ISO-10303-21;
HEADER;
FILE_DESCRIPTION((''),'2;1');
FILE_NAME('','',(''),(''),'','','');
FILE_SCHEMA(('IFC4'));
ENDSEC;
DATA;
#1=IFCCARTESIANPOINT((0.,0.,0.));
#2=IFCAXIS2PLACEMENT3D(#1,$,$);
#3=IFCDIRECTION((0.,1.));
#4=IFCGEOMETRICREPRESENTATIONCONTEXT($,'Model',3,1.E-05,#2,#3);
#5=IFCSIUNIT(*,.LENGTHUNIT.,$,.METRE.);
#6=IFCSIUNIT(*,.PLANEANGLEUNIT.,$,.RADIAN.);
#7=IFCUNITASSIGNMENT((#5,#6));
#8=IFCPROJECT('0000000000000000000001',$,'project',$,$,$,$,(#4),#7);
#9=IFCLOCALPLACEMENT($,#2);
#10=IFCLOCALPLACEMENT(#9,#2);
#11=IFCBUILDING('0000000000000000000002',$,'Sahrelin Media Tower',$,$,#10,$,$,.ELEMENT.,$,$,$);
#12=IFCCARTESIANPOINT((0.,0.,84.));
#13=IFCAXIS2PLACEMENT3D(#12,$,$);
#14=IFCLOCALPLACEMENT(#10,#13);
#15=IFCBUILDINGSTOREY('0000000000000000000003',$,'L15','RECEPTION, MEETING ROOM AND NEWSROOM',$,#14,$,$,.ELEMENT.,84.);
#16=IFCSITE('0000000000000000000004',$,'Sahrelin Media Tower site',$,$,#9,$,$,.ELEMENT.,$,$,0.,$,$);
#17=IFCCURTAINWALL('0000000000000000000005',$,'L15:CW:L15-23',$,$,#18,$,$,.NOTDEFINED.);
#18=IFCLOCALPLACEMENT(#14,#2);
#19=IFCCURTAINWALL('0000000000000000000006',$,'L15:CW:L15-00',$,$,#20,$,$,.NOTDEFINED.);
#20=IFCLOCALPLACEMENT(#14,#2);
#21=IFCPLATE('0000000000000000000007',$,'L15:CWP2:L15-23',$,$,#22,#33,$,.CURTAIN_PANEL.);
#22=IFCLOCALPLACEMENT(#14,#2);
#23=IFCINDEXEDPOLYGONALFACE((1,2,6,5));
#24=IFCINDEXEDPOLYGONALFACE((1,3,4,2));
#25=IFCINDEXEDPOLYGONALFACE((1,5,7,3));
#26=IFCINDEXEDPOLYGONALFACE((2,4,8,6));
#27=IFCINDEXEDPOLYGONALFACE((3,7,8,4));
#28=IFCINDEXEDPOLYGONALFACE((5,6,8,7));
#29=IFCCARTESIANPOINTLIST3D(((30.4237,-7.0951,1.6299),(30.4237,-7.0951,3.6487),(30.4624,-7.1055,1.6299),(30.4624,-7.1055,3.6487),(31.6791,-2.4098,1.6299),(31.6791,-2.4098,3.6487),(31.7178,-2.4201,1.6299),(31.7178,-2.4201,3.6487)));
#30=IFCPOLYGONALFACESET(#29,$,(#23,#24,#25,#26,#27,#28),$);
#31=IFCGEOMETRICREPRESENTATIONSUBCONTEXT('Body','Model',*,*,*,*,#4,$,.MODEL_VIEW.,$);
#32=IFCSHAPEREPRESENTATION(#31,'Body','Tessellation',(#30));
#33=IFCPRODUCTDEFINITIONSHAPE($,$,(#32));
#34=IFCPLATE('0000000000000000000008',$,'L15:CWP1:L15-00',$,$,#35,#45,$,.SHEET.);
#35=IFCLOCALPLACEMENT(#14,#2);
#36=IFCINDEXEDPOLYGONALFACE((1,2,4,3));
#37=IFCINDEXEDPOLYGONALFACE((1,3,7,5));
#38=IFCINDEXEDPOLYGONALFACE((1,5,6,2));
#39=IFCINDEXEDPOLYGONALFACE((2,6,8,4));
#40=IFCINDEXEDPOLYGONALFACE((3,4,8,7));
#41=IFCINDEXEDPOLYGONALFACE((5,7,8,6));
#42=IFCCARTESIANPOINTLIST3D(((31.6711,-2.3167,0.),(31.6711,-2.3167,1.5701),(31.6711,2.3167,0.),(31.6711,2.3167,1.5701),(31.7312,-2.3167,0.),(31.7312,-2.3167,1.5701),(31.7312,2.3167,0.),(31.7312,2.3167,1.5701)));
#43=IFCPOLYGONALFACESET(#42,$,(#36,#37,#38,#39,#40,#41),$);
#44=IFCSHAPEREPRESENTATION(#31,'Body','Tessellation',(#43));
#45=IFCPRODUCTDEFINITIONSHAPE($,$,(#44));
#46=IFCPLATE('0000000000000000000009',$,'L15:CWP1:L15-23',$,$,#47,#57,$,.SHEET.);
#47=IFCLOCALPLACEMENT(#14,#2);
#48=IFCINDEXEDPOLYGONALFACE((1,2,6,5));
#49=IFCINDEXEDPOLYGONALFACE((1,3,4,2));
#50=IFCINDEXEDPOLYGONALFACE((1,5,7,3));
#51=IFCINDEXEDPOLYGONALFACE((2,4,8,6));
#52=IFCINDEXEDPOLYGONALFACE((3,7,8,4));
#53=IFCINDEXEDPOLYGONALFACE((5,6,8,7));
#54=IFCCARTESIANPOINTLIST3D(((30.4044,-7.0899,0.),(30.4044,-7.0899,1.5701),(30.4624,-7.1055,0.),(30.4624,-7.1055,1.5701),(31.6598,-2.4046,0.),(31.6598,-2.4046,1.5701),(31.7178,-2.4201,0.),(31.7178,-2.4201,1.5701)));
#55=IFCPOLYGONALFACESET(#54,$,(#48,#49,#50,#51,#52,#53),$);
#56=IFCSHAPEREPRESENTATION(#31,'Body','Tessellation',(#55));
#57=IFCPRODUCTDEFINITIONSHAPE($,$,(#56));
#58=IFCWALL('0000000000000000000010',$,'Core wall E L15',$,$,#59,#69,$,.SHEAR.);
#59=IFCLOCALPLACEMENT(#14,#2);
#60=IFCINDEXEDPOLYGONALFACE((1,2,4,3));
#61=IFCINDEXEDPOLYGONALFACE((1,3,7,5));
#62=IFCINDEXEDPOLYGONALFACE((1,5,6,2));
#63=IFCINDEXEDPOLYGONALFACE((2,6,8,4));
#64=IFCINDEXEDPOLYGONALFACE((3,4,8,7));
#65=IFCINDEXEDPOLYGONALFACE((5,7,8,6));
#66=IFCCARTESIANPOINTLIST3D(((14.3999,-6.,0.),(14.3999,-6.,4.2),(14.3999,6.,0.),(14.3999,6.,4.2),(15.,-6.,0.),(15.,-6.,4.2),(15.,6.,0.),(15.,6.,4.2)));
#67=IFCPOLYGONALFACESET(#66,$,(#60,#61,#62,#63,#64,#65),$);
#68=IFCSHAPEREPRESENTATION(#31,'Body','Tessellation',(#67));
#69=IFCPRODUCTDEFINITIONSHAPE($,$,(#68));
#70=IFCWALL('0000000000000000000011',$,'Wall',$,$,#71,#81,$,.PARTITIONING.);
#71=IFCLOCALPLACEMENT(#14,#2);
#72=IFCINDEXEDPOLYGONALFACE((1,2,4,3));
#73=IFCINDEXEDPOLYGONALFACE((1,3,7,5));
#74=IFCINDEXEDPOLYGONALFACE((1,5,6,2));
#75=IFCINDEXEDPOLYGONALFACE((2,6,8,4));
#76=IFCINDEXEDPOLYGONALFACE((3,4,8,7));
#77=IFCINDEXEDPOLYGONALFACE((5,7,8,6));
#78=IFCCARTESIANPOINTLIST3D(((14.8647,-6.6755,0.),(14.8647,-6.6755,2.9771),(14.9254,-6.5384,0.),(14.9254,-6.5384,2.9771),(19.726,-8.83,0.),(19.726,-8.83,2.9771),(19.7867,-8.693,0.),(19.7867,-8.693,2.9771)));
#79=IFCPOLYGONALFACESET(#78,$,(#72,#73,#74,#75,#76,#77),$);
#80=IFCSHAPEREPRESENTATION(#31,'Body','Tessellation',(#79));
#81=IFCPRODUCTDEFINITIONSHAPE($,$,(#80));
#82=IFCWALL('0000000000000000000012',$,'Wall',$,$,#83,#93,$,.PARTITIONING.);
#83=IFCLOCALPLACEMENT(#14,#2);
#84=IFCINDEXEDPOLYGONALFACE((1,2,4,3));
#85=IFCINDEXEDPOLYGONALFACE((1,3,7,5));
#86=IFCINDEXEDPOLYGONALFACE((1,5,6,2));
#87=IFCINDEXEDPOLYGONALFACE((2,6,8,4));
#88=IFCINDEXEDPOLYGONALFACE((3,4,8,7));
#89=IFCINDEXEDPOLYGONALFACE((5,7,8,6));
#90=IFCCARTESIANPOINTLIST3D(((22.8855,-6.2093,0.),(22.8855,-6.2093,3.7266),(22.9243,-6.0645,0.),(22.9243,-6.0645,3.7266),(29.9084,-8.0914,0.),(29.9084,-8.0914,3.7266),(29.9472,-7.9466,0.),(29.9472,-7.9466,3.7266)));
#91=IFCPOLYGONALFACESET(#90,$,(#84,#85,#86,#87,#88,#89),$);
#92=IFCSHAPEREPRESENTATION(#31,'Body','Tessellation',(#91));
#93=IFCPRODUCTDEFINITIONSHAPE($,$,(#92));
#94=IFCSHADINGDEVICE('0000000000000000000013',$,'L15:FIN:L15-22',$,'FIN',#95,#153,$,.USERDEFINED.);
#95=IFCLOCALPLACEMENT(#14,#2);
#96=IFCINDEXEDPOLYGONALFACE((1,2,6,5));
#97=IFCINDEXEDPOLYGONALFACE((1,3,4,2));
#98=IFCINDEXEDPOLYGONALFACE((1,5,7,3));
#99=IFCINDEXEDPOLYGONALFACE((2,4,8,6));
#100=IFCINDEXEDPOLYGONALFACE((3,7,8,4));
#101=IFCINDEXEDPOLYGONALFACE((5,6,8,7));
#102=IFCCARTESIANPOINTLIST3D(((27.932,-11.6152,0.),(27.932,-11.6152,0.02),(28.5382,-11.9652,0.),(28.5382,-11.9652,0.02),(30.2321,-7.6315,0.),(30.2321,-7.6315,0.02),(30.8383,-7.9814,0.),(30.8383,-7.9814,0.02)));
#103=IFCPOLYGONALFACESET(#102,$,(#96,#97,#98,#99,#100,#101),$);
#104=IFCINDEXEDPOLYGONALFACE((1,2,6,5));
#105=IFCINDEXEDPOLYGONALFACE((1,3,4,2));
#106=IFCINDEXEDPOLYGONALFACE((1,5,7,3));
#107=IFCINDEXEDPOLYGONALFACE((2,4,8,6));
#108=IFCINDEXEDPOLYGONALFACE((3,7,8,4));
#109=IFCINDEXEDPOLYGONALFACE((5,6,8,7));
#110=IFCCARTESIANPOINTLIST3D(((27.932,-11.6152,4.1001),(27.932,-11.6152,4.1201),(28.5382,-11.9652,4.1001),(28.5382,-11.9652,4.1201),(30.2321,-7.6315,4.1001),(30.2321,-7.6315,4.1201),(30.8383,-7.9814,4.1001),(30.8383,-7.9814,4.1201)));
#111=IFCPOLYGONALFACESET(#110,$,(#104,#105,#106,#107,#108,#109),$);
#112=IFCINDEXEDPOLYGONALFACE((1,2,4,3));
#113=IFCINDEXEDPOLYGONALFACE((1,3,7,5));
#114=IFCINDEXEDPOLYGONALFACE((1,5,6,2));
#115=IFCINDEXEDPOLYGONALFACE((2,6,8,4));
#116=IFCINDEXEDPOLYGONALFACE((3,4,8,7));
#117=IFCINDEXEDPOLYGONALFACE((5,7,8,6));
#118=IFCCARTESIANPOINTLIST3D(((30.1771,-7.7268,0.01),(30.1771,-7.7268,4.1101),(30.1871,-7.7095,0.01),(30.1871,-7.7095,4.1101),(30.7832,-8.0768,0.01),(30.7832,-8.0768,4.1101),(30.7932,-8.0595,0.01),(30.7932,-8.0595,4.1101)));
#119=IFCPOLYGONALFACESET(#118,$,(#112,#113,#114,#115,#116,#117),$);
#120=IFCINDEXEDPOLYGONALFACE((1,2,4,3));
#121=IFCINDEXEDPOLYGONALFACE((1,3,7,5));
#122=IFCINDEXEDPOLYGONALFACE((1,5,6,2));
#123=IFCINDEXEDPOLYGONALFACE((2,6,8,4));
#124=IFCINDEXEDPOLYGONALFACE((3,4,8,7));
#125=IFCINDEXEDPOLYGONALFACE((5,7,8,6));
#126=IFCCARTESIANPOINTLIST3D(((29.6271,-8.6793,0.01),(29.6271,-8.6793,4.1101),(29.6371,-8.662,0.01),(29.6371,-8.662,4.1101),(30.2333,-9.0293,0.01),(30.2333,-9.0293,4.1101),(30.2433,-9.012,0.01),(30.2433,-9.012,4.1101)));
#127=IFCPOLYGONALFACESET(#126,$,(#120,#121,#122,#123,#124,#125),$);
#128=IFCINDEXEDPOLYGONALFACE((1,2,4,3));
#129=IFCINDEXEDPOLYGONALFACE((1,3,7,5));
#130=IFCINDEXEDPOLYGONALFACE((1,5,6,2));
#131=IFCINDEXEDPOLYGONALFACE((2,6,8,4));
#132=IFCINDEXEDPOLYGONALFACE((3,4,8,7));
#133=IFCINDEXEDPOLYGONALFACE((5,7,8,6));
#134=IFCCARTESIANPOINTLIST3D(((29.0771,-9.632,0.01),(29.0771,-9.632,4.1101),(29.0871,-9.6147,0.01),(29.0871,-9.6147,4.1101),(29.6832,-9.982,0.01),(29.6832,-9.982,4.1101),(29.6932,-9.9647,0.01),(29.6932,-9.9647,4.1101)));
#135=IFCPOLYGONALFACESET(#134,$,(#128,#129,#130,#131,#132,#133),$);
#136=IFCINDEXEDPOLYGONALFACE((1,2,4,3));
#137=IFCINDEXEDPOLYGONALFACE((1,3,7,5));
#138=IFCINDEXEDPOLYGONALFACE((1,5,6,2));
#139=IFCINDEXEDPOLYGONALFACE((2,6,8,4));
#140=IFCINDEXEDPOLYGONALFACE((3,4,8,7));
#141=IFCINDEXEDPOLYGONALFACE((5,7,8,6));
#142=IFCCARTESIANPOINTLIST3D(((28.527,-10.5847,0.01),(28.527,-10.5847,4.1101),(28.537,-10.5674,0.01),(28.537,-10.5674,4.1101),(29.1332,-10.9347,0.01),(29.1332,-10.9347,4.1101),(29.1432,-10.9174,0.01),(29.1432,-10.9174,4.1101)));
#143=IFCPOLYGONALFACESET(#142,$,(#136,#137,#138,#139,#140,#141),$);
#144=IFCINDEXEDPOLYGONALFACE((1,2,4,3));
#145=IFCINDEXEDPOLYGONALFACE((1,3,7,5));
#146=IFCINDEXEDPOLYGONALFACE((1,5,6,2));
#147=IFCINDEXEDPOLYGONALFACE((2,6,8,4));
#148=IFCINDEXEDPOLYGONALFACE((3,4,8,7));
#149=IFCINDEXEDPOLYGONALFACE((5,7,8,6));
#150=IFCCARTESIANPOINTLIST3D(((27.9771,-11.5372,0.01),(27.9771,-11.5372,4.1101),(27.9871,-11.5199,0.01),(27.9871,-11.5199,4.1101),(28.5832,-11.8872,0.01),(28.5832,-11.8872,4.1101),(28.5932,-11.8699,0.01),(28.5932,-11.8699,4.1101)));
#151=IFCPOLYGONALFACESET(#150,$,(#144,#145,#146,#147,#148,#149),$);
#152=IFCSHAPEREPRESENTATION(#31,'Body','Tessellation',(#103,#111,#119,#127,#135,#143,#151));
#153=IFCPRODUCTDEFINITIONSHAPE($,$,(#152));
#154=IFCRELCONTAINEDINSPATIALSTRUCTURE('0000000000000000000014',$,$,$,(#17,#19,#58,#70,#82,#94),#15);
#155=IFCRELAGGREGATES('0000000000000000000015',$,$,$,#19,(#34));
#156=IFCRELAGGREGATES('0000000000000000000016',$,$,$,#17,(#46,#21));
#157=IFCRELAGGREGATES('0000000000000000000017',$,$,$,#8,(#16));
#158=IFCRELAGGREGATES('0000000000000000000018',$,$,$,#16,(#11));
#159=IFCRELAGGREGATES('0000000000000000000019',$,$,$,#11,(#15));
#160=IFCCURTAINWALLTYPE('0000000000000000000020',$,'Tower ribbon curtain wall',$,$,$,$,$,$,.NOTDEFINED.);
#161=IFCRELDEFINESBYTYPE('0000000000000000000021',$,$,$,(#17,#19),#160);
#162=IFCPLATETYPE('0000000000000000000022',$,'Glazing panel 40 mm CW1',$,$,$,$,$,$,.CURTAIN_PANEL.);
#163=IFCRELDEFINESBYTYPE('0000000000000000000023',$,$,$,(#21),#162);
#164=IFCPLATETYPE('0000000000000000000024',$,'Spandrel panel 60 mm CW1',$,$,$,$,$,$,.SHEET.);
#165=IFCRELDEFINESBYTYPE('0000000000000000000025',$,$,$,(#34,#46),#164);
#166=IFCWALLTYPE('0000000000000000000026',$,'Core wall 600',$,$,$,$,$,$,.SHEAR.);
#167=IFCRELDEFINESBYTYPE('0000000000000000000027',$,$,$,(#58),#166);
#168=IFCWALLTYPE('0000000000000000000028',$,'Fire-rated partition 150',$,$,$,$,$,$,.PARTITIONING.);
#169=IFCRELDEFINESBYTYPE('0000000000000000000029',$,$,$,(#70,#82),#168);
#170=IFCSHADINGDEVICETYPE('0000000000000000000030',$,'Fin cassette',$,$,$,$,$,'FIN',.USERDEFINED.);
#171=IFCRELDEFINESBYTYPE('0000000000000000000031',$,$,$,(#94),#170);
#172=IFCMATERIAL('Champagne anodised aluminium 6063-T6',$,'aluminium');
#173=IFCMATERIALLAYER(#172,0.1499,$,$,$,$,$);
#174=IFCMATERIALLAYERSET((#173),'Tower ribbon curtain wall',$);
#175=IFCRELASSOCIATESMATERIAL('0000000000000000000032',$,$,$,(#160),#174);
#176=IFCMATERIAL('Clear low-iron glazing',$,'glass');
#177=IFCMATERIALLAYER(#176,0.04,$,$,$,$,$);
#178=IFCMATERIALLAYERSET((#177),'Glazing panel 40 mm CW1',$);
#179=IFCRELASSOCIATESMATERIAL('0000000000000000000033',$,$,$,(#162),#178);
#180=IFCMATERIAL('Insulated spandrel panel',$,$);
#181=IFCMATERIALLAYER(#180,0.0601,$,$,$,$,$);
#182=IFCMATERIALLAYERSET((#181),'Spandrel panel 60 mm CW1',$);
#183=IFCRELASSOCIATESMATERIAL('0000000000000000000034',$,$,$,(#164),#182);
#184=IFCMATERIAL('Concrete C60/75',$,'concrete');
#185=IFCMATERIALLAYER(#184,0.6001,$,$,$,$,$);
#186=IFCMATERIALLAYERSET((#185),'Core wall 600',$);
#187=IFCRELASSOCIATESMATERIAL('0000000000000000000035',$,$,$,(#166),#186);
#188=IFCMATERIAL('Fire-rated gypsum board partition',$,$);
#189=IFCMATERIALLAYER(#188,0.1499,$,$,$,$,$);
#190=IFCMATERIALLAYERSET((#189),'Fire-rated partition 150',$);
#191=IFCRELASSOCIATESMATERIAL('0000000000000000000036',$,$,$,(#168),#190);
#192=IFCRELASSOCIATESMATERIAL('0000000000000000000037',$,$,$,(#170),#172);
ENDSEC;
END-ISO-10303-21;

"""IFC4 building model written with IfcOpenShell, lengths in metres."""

from ifc_helpers import new_model, si_unit, direction, frame, frame_2d, origin, origin_2d, place, context, subcontext, project, spatial, polyline, rectangle, outline, extrude, material, layer, layer_set, type_object, element, aggregate, save


model = new_model("IFC4")

# Units and contexts
model_context = context("Model", 3, precision=1e-05, world=origin(), true_north=direction((0.0, 1.0)))
body_context = subcontext(model_context, "Body", "Model", "MODEL_VIEW")
ifc_project = project(units=[si_unit("LENGTHUNIT", "METRE"), si_unit("PLANEANGLEUNIT", "RADIAN")], contexts=[model_context])

# Site, building, storey
site_placement = place(None, origin())
site = spatial("IfcSite", under=ifc_project, at=site_placement, Name="Sahrelin Media Tower site", CompositionType="ELEMENT", RefElevation=0.0)
building_placement = place(site_placement, origin())
building = spatial("IfcBuilding", under=site, at=building_placement, Name="Sahrelin Media Tower", CompositionType="ELEMENT")
storey_placement = place(building_placement, frame((0.0, 0.0, 84.0)))
storey = spatial("IfcBuildingStorey", under=building, at=storey_placement, Name="L15", Description="RECEPTION, MEETING ROOM AND NEWSROOM", CompositionType="ELEMENT", Elevation=84.0)

# Curtain wall
ifc_material_1 = material(Name="Champagne anodised aluminium 6063-T6", Category="aluminium")
ifc_layer_1 = layer(ifc_material_1, 0.1499)
ifc_layer_set_1 = layer_set([ifc_layer_1], Name="Tower ribbon curtain wall")
curtain_wall_type = type_object("IfcCurtainWallType", Name="Tower ribbon curtain wall", PredefinedType="NOTDEFINED", material=ifc_layer_set_1)
curtain_wall_1_placement = place(storey_placement, frame((31.0708, -4.7576, 0.0), z_axis=(0.0, 0.0, 1.0), x_axis=(1.0, 0.0, 0.0)))
curtain_wall_1 = element("IfcCurtainWall", 1, at=curtain_wall_1_placement, inside=storey, type_object=curtain_wall_type, Name="L15:CW:L15-23", PredefinedType="NOTDEFINED")

# Curtain wall
curtain_wall_2_placement = place(storey_placement, frame((31.7112, 0.0, 0.0), z_axis=(0.0, 0.0, 1.0), x_axis=(1.0, 0.0, 0.0)))
curtain_wall_2 = element("IfcCurtainWall", 2, at=curtain_wall_2_placement, inside=storey, type_object=curtain_wall_type, Name="L15:CW:L15-00", PredefinedType="NOTDEFINED")

# Plates
ifc_material_2 = material(Name="Clear low-iron glazing", Category="glass")
ifc_layer_2 = layer(ifc_material_2, 0.04)
ifc_layer_set_2 = layer_set([ifc_layer_2], Name="Glazing panel 40 mm CW1")
plate_type_1 = type_object("IfcPlateType", Name="Glazing panel 40 mm CW1", PredefinedType="CURTAIN_PANEL", material=ifc_layer_set_2)
plate_1_placement = place(storey_placement, frame((30.4624, -7.1055, 1.6299), z_axis=(0.965929, -0.258809, 0.0), x_axis=(0.258809, 0.965929, 0.0)))
plate_1 = element("IfcPlate", 3, at=plate_1_placement, type_object=plate_type_1, Name="L15:CWP2:L15-23", PredefinedType="CURTAIN_PANEL", context=body_context, shape_type="SweptSolid", body=[
    extrude(outline(polyline([(0.0, 0.0), (4.8506, 0.0), (4.8506, 2.0188), (0.0, 2.0188), (0.0, 0.0)])), origin(), (0.0, 0.0, -1.0), 0.04),
])
ifc_material_3 = material(Name="Insulated spandrel panel")
ifc_layer_3 = layer(ifc_material_3, 0.0601)
ifc_layer_set_3 = layer_set([ifc_layer_3], Name="Spandrel panel 60 mm CW1")
plate_type_2 = type_object("IfcPlateType", Name="Spandrel panel 60 mm CW1", PredefinedType="SHEET", material=ifc_layer_set_3)
plate_2_placement = place(storey_placement, frame((31.7312, -2.3167, 0.0), z_axis=(1.0, 0.0, 0.0), x_axis=(0.0, 1.0, 0.0)))
plate_2 = element("IfcPlate", 4, at=plate_2_placement, type_object=plate_type_2, Name="L15:CWP1:L15-00", PredefinedType="SHEET", context=body_context, shape_type="SweptSolid", body=[
    extrude(outline(polyline([(0.0, 0.0), (4.6333, 0.0), (4.6333, 1.5701), (0.0, 1.5701), (0.0, 0.0)])), origin(), (0.0, 0.0, -1.0), 0.0601),
])
aggregate(curtain_wall_2, [plate_2])
plate_3_placement = place(storey_placement, frame((30.4624, -7.1055, 0.0), z_axis=(0.965929, -0.258809, 0.0), x_axis=(0.258809, 0.965929, 0.0)))
plate_3 = element("IfcPlate", 5, at=plate_3_placement, type_object=plate_type_2, Name="L15:CWP1:L15-23", PredefinedType="SHEET", context=body_context, shape_type="SweptSolid", body=[
    extrude(outline(polyline([(0.0, 0.0), (4.8506, 0.0), (4.8506, 1.5701), (0.0, 1.5701), (0.0, 0.0)])), origin(), (0.0, 0.0, -1.0), 0.0601),
])
aggregate(curtain_wall_1, [plate_3, plate_1])

# Walls
ifc_material_4 = material(Name="Concrete C60/75", Category="concrete")
ifc_layer_4 = layer(ifc_material_4, 0.6001)
ifc_layer_set_4 = layer_set([ifc_layer_4], Name="Core wall 600")
wall_type_1 = type_object("IfcWallType", Name="Core wall 600", PredefinedType="SHEAR", material=ifc_layer_set_4)
wall_1_placement = place(storey_placement, frame((14.7, -6.0, 0.0), z_axis=(0.0, 0.0, 1.0), x_axis=(0.0, 1.0, 0.0)))
element("IfcWall", 6, at=wall_1_placement, inside=storey, type_object=wall_type_1, Name="Core wall E L15", PredefinedType="SHEAR", context=body_context, shape_type="SweptSolid", body=[
    extrude(rectangle(XDim=12.0, YDim=0.6001, at=frame_2d((6.0, 0.0))), origin(), (0.0, 0.0, 1.0), 4.2),
])
ifc_material_5 = material(Name="Fire-rated gypsum board partition")
ifc_layer_5 = layer(ifc_material_5, 0.1499)
ifc_layer_set_5 = layer_set([ifc_layer_5], Name="Fire-rated partition 150")
wall_type_2 = type_object("IfcWallType", Name="Fire-rated partition 150", PredefinedType="PARTITIONING", material=ifc_layer_set_5)
wall_2_placement = place(storey_placement, frame((14.895, -6.6069, 0.0), z_axis=(0.0, 0.0, 1.0), x_axis=(0.914233, -0.405188, 0.0)))
element("IfcWall", 7, at=wall_2_placement, inside=storey, type_object=wall_type_2, Name="Wall", PredefinedType="PARTITIONING", context=body_context, shape_type="SweptSolid", body=[
    extrude(rectangle(XDim=5.3174, YDim=0.1499, at=frame_2d((2.6587, 0.0))), origin(), (0.0, 0.0, 1.0), 2.9771),
])
wall_3_placement = place(storey_placement, frame((22.905, -6.137, 0.0), z_axis=(0.0, 0.0, 1.0), x_axis=(0.965916, -0.258856, 0.0)))
element("IfcWall", 8, at=wall_3_placement, inside=storey, type_object=wall_type_2, Name="Wall", PredefinedType="PARTITIONING", context=body_context, shape_type="SweptSolid", body=[
    extrude(rectangle(XDim=7.2708, YDim=0.1499, at=frame_2d((3.6353, 0.0))), origin(), (0.0, 0.0, 1.0), 3.7266),
])

# Shading device
shading_device_type_1 = type_object("IfcShadingDeviceType", Name="Fin cassette", ElementType="FIN", PredefinedType="USERDEFINED", material=ifc_material_1)
placement_1 = place(storey_placement, frame((29.0215, -9.5884, 0.0), z_axis=(0.0, 0.0, 1.0), x_axis=(-0.500011, -0.866019, 0.0)))
element("IfcShadingDevice", 9, at=placement_1, inside=storey, type_object=shading_device_type_1, Name="L15:FIN:L15-22", ObjectType="FIN", PredefinedType="USERDEFINED", context=body_context, shape_type="SweptSolid", body=[
    extrude(rectangle(XDim=4.6001, YDim=0.7, at=origin_2d()), frame((0.0, 0.4199, 0.0)), (0.0, 0.0, 1.0), 0.02),
    extrude(rectangle(XDim=4.6001, YDim=0.7, at=origin_2d()), frame((0.0, 0.4199, 4.1001)), (0.0, 0.0, 1.0), 0.02),
    extrude(rectangle(XDim=0.02, YDim=0.7, at=origin_2d()), frame((-2.2, 0.4199, 0.01), z_axis=(0.0, 0.0, 1.0), x_axis=(1.0, 0.0, 0.0)), (0.0, 0.0, 1.0), 4.1001),
    extrude(rectangle(XDim=0.02, YDim=0.7, at=origin_2d()), frame((-1.1001, 0.4199, 0.01), z_axis=(0.0, 0.0, 1.0), x_axis=(1.0, 0.0, 0.0)), (0.0, 0.0, 1.0), 4.1001),
    extrude(rectangle(XDim=0.02, YDim=0.7, at=origin_2d()), frame((0.0, 0.4199, 0.01), z_axis=(0.0, 0.0, 1.0), x_axis=(1.0, 0.0, 0.0)), (0.0, 0.0, 1.0), 4.1001),
    extrude(rectangle(XDim=0.02, YDim=0.7, at=origin_2d()), frame((1.1001, 0.4199, 0.01), z_axis=(0.0, 0.0, 1.0), x_axis=(1.0, 0.0, 0.0)), (0.0, 0.0, 1.0), 4.1001),
    extrude(rectangle(XDim=0.02, YDim=0.7, at=origin_2d()), frame((2.2, 0.4199, 0.01), z_axis=(0.0, 0.0, 1.0), x_axis=(1.0, 0.0, 0.0)), (0.0, 0.0, 1.0), 4.1001),
])

save(model, "model.ifc")
